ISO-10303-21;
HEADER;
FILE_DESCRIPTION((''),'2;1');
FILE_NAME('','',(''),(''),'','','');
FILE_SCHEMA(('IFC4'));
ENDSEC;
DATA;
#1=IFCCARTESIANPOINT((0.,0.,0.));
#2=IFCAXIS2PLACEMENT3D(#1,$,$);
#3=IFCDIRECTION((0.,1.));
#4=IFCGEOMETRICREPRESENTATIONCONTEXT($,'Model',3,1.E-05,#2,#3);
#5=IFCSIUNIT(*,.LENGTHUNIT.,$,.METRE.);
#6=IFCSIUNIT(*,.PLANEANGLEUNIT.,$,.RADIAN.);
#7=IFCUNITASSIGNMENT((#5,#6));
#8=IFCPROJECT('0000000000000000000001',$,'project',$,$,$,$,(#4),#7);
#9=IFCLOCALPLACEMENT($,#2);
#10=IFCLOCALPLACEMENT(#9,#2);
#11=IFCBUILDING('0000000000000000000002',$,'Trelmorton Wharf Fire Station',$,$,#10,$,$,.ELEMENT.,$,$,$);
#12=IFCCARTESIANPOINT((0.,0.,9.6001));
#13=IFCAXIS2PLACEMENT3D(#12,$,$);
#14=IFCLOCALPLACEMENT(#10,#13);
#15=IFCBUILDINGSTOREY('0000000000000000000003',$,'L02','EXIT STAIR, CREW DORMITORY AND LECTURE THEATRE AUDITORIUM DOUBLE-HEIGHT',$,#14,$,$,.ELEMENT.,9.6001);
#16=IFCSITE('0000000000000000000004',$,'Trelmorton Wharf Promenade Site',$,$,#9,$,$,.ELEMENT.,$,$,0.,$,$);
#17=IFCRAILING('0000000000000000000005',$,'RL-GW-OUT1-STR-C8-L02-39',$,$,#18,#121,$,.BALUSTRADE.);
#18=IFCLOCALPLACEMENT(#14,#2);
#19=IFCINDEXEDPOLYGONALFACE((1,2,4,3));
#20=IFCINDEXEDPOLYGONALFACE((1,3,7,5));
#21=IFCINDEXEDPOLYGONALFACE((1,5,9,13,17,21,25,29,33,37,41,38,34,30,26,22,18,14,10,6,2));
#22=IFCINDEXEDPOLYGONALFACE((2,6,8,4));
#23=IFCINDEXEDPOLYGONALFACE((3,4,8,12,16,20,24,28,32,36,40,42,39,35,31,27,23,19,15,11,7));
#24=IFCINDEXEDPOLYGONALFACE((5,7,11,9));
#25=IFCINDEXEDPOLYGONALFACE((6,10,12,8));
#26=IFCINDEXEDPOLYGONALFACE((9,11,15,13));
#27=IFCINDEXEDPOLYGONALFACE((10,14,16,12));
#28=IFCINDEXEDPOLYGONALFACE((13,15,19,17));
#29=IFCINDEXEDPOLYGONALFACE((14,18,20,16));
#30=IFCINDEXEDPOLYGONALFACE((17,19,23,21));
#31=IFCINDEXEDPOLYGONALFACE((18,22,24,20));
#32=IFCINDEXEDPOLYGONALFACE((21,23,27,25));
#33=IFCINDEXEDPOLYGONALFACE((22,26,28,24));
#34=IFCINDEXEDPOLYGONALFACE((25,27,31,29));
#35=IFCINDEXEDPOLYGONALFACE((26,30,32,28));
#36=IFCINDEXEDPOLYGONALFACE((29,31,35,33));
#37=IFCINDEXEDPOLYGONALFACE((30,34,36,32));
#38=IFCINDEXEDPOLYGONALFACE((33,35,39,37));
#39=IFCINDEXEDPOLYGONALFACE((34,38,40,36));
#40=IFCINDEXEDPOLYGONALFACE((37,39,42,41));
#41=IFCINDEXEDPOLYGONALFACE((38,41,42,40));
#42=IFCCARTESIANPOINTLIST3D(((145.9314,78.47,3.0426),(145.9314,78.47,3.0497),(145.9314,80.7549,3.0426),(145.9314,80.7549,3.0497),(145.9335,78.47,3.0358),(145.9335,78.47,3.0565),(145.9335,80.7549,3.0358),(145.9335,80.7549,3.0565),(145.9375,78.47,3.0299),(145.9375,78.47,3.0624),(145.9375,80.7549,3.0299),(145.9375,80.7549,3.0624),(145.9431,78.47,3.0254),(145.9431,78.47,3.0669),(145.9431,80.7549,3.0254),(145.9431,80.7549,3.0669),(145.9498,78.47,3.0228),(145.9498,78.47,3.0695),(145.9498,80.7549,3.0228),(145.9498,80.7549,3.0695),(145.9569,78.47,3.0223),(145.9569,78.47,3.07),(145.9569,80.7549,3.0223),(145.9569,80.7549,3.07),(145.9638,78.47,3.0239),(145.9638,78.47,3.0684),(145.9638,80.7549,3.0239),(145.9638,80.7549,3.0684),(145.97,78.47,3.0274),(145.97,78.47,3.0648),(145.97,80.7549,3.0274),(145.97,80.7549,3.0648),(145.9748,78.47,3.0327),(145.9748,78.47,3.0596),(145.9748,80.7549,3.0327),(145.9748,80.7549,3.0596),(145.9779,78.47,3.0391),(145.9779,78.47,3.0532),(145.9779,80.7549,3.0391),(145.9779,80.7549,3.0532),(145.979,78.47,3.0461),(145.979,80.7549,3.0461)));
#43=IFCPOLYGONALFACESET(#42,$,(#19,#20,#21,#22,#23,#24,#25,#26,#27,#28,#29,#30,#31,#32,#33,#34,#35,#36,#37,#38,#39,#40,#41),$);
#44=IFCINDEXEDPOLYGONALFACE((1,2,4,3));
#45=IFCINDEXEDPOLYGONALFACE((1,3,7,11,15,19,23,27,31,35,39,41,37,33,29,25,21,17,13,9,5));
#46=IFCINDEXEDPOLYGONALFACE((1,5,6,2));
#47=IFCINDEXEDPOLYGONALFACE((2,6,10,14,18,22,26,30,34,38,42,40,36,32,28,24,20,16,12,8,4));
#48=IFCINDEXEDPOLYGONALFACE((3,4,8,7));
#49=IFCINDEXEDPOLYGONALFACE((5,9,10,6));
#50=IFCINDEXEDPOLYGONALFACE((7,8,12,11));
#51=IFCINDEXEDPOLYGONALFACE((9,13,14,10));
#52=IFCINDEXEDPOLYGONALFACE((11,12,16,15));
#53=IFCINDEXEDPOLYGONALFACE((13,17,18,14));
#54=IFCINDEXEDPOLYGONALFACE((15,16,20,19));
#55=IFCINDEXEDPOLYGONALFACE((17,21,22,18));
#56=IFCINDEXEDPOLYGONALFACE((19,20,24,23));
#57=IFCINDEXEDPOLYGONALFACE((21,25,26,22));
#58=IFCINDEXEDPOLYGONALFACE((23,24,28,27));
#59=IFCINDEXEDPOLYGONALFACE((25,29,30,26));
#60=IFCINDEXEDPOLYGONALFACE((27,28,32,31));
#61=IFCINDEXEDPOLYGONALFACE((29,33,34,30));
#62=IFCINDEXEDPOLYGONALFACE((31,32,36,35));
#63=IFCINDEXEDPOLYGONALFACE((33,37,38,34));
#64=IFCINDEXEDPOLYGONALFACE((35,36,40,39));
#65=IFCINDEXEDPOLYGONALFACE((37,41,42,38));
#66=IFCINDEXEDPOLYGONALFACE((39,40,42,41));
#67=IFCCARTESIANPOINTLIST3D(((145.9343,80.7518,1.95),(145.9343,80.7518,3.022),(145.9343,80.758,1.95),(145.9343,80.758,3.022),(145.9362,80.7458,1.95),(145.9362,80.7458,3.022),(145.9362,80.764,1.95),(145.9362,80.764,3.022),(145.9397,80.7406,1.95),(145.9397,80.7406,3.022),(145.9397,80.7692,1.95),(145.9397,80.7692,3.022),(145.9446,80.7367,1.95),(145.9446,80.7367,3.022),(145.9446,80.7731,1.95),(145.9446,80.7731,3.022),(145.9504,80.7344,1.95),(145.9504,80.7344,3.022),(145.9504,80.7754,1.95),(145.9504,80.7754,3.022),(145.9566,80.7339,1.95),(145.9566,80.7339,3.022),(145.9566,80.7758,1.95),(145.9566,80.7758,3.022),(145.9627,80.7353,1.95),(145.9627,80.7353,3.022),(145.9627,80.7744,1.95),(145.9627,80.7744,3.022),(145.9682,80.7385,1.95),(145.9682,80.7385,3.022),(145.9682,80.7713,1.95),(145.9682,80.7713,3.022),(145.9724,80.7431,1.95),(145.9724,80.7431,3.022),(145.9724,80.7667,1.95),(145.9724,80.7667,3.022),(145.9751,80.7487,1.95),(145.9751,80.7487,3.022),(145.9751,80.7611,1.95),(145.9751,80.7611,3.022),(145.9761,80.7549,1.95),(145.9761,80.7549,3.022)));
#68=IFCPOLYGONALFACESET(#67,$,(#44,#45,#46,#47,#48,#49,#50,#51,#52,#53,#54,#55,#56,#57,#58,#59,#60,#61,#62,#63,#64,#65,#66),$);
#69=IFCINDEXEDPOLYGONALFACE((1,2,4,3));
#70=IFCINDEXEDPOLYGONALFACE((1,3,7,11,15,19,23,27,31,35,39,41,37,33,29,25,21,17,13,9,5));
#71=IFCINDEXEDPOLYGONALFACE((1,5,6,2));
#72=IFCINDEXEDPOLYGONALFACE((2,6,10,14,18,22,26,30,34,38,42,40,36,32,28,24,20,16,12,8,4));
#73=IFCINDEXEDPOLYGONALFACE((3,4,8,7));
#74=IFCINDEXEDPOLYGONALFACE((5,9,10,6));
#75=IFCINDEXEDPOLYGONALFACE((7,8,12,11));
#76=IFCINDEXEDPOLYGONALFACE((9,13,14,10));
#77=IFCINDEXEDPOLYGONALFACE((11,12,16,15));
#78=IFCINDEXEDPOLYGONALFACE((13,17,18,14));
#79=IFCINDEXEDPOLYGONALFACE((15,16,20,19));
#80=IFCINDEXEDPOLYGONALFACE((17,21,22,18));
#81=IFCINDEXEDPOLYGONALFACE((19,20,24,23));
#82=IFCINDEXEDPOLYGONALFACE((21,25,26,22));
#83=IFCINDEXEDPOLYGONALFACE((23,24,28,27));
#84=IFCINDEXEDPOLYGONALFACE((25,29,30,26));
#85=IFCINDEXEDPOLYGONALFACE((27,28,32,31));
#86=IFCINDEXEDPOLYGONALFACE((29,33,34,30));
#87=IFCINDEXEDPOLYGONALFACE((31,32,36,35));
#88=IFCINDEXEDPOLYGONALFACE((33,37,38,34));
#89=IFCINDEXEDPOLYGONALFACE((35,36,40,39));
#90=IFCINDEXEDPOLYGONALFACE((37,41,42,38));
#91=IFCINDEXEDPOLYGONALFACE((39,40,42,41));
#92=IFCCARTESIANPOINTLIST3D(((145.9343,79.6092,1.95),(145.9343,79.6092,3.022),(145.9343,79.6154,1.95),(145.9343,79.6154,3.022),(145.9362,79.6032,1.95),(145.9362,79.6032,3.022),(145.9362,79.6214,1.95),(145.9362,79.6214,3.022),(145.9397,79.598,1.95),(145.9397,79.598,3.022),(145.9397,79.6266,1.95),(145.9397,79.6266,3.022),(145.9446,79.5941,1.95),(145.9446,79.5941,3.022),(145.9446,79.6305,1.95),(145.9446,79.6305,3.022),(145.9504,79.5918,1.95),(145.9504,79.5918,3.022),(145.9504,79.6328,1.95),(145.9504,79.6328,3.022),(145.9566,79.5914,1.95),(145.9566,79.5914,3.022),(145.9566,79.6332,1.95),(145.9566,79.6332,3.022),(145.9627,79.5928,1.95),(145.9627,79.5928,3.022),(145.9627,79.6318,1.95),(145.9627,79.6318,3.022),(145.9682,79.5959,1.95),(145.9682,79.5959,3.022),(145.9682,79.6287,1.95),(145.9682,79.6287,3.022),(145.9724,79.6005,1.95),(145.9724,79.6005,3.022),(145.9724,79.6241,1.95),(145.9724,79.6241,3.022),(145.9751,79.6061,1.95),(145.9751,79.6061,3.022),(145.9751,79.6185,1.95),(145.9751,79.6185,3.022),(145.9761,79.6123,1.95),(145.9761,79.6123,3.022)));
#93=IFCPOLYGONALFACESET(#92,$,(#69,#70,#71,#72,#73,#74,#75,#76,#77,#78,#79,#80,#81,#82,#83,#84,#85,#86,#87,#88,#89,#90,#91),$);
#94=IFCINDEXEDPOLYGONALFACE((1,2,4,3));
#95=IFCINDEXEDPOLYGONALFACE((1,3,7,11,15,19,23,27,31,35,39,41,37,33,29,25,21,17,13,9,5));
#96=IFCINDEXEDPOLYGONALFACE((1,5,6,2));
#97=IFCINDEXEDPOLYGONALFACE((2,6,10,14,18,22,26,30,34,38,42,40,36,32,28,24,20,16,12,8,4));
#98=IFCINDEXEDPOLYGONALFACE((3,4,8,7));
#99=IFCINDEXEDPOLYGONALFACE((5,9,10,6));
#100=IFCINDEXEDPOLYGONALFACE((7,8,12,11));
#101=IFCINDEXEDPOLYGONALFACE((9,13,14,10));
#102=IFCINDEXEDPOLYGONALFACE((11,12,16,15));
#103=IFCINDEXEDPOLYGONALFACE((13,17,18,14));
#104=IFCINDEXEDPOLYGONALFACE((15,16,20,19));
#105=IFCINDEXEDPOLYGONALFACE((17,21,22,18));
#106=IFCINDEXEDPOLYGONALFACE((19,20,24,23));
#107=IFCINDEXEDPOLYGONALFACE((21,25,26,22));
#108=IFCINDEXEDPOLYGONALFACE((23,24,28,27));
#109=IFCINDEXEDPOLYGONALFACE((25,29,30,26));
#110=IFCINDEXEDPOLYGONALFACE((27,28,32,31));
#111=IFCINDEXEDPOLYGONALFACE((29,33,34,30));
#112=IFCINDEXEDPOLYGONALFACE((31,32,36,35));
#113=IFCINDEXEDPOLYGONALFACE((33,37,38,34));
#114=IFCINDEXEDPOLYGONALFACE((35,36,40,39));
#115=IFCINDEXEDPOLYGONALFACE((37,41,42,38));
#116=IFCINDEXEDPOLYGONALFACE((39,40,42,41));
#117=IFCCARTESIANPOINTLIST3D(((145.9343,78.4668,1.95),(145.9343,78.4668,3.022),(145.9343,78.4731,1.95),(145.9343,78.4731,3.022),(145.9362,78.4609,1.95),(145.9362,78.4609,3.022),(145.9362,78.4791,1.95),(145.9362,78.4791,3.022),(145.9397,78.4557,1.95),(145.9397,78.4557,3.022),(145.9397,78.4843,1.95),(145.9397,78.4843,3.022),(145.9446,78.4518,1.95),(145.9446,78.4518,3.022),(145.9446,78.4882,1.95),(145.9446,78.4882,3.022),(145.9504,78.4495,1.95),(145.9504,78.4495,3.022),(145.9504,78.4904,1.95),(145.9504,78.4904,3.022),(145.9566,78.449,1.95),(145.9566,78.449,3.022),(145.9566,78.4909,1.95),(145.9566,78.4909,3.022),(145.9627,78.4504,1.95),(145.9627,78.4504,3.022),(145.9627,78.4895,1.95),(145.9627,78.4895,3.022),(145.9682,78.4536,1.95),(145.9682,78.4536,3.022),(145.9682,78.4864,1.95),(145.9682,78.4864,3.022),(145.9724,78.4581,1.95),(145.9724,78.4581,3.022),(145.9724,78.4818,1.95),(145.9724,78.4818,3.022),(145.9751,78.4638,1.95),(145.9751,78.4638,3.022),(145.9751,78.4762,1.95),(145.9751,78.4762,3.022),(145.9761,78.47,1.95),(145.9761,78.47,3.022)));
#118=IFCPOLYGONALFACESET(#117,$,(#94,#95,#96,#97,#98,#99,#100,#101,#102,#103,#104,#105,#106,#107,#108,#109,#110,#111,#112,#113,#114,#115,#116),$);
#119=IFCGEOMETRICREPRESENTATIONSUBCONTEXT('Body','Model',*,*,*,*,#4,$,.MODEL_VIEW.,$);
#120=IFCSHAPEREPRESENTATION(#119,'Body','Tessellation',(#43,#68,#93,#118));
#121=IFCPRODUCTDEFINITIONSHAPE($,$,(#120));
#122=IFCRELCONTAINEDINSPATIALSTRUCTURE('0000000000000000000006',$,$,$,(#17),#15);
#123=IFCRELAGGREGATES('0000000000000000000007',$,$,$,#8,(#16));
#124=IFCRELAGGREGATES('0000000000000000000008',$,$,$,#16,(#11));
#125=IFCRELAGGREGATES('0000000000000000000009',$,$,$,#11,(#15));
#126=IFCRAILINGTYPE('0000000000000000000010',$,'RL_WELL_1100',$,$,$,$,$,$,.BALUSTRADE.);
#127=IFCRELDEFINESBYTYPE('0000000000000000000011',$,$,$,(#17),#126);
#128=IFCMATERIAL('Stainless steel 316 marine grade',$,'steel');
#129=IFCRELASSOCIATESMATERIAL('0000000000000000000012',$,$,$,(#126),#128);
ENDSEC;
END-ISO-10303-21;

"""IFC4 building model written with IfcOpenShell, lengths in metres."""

from ifc_helpers import new_model, si_unit, direction, frame, origin, origin_2d, place, context, subcontext, project, spatial, circle, extrude, material, type_object, element, save


model = new_model("IFC4")

# Units and contexts
model_context = context("Model", 3, precision=1e-05, world=origin(), true_north=direction((0.0, 1.0)))
body_context = subcontext(model_context, "Body", "Model", "MODEL_VIEW")
ifc_project = project(units=[si_unit("LENGTHUNIT", "METRE"), si_unit("PLANEANGLEUNIT", "RADIAN")], contexts=[model_context])

# Site, building, storey
site_placement = place(None, origin())
site = spatial("IfcSite", under=ifc_project, at=site_placement, Name="Trelmorton Wharf Promenade Site", CompositionType="ELEMENT", RefElevation=0.0)
building_placement = place(site_placement, origin())
building = spatial("IfcBuilding", under=site, at=building_placement, Name="Trelmorton Wharf Fire Station", CompositionType="ELEMENT")
storey_placement = place(building_placement, frame((0.0, 0.0, 9.6001)))
storey = spatial("IfcBuildingStorey", under=building, at=storey_placement, Name="L02", Description="EXIT STAIR, CREW DORMITORY AND LECTURE THEATRE AUDITORIUM DOUBLE-HEIGHT", CompositionType="ELEMENT", Elevation=9.6001)

# Railing
ifc_material_1 = material(Name="Stainless steel 316 marine grade", Category="steel")
railing_type = type_object("IfcRailingType", Name="RL_WELL_1100", PredefinedType="BALUSTRADE", material=ifc_material_1)
railing_1_placement = place(storey_placement, frame((145.9551, 80.7549, 1.95)))
element("IfcRailing", 1, at=railing_1_placement, inside=storey, type_object=railing_type, Name="RL-GW-OUT1-STR-C8-L02-39", PredefinedType="BALUSTRADE", context=body_context, shape_type="SweptSolid", body=[
    extrude(circle(Radius=0.0239, at=origin_2d()), frame((0.0, 0.0, 1.0962), z_axis=(0.0, -1.0, 0.0), x_axis=(1.0, 0.0, 0.0)), (0.0, 0.0, 1.0), 2.2849),
    extrude(circle(Radius=0.021, at=origin_2d()), origin(), (0.0, 0.0, 1.0), 1.072),
    extrude(circle(Radius=0.021, at=origin_2d()), frame((0.0, -1.1426, 0.0)), (0.0, 0.0, 1.0), 1.072),
    extrude(circle(Radius=0.021, at=origin_2d()), frame((0.0, -2.2849, 0.0)), (0.0, 0.0, 1.0), 1.072),
])

save(model, "model.ifc")
